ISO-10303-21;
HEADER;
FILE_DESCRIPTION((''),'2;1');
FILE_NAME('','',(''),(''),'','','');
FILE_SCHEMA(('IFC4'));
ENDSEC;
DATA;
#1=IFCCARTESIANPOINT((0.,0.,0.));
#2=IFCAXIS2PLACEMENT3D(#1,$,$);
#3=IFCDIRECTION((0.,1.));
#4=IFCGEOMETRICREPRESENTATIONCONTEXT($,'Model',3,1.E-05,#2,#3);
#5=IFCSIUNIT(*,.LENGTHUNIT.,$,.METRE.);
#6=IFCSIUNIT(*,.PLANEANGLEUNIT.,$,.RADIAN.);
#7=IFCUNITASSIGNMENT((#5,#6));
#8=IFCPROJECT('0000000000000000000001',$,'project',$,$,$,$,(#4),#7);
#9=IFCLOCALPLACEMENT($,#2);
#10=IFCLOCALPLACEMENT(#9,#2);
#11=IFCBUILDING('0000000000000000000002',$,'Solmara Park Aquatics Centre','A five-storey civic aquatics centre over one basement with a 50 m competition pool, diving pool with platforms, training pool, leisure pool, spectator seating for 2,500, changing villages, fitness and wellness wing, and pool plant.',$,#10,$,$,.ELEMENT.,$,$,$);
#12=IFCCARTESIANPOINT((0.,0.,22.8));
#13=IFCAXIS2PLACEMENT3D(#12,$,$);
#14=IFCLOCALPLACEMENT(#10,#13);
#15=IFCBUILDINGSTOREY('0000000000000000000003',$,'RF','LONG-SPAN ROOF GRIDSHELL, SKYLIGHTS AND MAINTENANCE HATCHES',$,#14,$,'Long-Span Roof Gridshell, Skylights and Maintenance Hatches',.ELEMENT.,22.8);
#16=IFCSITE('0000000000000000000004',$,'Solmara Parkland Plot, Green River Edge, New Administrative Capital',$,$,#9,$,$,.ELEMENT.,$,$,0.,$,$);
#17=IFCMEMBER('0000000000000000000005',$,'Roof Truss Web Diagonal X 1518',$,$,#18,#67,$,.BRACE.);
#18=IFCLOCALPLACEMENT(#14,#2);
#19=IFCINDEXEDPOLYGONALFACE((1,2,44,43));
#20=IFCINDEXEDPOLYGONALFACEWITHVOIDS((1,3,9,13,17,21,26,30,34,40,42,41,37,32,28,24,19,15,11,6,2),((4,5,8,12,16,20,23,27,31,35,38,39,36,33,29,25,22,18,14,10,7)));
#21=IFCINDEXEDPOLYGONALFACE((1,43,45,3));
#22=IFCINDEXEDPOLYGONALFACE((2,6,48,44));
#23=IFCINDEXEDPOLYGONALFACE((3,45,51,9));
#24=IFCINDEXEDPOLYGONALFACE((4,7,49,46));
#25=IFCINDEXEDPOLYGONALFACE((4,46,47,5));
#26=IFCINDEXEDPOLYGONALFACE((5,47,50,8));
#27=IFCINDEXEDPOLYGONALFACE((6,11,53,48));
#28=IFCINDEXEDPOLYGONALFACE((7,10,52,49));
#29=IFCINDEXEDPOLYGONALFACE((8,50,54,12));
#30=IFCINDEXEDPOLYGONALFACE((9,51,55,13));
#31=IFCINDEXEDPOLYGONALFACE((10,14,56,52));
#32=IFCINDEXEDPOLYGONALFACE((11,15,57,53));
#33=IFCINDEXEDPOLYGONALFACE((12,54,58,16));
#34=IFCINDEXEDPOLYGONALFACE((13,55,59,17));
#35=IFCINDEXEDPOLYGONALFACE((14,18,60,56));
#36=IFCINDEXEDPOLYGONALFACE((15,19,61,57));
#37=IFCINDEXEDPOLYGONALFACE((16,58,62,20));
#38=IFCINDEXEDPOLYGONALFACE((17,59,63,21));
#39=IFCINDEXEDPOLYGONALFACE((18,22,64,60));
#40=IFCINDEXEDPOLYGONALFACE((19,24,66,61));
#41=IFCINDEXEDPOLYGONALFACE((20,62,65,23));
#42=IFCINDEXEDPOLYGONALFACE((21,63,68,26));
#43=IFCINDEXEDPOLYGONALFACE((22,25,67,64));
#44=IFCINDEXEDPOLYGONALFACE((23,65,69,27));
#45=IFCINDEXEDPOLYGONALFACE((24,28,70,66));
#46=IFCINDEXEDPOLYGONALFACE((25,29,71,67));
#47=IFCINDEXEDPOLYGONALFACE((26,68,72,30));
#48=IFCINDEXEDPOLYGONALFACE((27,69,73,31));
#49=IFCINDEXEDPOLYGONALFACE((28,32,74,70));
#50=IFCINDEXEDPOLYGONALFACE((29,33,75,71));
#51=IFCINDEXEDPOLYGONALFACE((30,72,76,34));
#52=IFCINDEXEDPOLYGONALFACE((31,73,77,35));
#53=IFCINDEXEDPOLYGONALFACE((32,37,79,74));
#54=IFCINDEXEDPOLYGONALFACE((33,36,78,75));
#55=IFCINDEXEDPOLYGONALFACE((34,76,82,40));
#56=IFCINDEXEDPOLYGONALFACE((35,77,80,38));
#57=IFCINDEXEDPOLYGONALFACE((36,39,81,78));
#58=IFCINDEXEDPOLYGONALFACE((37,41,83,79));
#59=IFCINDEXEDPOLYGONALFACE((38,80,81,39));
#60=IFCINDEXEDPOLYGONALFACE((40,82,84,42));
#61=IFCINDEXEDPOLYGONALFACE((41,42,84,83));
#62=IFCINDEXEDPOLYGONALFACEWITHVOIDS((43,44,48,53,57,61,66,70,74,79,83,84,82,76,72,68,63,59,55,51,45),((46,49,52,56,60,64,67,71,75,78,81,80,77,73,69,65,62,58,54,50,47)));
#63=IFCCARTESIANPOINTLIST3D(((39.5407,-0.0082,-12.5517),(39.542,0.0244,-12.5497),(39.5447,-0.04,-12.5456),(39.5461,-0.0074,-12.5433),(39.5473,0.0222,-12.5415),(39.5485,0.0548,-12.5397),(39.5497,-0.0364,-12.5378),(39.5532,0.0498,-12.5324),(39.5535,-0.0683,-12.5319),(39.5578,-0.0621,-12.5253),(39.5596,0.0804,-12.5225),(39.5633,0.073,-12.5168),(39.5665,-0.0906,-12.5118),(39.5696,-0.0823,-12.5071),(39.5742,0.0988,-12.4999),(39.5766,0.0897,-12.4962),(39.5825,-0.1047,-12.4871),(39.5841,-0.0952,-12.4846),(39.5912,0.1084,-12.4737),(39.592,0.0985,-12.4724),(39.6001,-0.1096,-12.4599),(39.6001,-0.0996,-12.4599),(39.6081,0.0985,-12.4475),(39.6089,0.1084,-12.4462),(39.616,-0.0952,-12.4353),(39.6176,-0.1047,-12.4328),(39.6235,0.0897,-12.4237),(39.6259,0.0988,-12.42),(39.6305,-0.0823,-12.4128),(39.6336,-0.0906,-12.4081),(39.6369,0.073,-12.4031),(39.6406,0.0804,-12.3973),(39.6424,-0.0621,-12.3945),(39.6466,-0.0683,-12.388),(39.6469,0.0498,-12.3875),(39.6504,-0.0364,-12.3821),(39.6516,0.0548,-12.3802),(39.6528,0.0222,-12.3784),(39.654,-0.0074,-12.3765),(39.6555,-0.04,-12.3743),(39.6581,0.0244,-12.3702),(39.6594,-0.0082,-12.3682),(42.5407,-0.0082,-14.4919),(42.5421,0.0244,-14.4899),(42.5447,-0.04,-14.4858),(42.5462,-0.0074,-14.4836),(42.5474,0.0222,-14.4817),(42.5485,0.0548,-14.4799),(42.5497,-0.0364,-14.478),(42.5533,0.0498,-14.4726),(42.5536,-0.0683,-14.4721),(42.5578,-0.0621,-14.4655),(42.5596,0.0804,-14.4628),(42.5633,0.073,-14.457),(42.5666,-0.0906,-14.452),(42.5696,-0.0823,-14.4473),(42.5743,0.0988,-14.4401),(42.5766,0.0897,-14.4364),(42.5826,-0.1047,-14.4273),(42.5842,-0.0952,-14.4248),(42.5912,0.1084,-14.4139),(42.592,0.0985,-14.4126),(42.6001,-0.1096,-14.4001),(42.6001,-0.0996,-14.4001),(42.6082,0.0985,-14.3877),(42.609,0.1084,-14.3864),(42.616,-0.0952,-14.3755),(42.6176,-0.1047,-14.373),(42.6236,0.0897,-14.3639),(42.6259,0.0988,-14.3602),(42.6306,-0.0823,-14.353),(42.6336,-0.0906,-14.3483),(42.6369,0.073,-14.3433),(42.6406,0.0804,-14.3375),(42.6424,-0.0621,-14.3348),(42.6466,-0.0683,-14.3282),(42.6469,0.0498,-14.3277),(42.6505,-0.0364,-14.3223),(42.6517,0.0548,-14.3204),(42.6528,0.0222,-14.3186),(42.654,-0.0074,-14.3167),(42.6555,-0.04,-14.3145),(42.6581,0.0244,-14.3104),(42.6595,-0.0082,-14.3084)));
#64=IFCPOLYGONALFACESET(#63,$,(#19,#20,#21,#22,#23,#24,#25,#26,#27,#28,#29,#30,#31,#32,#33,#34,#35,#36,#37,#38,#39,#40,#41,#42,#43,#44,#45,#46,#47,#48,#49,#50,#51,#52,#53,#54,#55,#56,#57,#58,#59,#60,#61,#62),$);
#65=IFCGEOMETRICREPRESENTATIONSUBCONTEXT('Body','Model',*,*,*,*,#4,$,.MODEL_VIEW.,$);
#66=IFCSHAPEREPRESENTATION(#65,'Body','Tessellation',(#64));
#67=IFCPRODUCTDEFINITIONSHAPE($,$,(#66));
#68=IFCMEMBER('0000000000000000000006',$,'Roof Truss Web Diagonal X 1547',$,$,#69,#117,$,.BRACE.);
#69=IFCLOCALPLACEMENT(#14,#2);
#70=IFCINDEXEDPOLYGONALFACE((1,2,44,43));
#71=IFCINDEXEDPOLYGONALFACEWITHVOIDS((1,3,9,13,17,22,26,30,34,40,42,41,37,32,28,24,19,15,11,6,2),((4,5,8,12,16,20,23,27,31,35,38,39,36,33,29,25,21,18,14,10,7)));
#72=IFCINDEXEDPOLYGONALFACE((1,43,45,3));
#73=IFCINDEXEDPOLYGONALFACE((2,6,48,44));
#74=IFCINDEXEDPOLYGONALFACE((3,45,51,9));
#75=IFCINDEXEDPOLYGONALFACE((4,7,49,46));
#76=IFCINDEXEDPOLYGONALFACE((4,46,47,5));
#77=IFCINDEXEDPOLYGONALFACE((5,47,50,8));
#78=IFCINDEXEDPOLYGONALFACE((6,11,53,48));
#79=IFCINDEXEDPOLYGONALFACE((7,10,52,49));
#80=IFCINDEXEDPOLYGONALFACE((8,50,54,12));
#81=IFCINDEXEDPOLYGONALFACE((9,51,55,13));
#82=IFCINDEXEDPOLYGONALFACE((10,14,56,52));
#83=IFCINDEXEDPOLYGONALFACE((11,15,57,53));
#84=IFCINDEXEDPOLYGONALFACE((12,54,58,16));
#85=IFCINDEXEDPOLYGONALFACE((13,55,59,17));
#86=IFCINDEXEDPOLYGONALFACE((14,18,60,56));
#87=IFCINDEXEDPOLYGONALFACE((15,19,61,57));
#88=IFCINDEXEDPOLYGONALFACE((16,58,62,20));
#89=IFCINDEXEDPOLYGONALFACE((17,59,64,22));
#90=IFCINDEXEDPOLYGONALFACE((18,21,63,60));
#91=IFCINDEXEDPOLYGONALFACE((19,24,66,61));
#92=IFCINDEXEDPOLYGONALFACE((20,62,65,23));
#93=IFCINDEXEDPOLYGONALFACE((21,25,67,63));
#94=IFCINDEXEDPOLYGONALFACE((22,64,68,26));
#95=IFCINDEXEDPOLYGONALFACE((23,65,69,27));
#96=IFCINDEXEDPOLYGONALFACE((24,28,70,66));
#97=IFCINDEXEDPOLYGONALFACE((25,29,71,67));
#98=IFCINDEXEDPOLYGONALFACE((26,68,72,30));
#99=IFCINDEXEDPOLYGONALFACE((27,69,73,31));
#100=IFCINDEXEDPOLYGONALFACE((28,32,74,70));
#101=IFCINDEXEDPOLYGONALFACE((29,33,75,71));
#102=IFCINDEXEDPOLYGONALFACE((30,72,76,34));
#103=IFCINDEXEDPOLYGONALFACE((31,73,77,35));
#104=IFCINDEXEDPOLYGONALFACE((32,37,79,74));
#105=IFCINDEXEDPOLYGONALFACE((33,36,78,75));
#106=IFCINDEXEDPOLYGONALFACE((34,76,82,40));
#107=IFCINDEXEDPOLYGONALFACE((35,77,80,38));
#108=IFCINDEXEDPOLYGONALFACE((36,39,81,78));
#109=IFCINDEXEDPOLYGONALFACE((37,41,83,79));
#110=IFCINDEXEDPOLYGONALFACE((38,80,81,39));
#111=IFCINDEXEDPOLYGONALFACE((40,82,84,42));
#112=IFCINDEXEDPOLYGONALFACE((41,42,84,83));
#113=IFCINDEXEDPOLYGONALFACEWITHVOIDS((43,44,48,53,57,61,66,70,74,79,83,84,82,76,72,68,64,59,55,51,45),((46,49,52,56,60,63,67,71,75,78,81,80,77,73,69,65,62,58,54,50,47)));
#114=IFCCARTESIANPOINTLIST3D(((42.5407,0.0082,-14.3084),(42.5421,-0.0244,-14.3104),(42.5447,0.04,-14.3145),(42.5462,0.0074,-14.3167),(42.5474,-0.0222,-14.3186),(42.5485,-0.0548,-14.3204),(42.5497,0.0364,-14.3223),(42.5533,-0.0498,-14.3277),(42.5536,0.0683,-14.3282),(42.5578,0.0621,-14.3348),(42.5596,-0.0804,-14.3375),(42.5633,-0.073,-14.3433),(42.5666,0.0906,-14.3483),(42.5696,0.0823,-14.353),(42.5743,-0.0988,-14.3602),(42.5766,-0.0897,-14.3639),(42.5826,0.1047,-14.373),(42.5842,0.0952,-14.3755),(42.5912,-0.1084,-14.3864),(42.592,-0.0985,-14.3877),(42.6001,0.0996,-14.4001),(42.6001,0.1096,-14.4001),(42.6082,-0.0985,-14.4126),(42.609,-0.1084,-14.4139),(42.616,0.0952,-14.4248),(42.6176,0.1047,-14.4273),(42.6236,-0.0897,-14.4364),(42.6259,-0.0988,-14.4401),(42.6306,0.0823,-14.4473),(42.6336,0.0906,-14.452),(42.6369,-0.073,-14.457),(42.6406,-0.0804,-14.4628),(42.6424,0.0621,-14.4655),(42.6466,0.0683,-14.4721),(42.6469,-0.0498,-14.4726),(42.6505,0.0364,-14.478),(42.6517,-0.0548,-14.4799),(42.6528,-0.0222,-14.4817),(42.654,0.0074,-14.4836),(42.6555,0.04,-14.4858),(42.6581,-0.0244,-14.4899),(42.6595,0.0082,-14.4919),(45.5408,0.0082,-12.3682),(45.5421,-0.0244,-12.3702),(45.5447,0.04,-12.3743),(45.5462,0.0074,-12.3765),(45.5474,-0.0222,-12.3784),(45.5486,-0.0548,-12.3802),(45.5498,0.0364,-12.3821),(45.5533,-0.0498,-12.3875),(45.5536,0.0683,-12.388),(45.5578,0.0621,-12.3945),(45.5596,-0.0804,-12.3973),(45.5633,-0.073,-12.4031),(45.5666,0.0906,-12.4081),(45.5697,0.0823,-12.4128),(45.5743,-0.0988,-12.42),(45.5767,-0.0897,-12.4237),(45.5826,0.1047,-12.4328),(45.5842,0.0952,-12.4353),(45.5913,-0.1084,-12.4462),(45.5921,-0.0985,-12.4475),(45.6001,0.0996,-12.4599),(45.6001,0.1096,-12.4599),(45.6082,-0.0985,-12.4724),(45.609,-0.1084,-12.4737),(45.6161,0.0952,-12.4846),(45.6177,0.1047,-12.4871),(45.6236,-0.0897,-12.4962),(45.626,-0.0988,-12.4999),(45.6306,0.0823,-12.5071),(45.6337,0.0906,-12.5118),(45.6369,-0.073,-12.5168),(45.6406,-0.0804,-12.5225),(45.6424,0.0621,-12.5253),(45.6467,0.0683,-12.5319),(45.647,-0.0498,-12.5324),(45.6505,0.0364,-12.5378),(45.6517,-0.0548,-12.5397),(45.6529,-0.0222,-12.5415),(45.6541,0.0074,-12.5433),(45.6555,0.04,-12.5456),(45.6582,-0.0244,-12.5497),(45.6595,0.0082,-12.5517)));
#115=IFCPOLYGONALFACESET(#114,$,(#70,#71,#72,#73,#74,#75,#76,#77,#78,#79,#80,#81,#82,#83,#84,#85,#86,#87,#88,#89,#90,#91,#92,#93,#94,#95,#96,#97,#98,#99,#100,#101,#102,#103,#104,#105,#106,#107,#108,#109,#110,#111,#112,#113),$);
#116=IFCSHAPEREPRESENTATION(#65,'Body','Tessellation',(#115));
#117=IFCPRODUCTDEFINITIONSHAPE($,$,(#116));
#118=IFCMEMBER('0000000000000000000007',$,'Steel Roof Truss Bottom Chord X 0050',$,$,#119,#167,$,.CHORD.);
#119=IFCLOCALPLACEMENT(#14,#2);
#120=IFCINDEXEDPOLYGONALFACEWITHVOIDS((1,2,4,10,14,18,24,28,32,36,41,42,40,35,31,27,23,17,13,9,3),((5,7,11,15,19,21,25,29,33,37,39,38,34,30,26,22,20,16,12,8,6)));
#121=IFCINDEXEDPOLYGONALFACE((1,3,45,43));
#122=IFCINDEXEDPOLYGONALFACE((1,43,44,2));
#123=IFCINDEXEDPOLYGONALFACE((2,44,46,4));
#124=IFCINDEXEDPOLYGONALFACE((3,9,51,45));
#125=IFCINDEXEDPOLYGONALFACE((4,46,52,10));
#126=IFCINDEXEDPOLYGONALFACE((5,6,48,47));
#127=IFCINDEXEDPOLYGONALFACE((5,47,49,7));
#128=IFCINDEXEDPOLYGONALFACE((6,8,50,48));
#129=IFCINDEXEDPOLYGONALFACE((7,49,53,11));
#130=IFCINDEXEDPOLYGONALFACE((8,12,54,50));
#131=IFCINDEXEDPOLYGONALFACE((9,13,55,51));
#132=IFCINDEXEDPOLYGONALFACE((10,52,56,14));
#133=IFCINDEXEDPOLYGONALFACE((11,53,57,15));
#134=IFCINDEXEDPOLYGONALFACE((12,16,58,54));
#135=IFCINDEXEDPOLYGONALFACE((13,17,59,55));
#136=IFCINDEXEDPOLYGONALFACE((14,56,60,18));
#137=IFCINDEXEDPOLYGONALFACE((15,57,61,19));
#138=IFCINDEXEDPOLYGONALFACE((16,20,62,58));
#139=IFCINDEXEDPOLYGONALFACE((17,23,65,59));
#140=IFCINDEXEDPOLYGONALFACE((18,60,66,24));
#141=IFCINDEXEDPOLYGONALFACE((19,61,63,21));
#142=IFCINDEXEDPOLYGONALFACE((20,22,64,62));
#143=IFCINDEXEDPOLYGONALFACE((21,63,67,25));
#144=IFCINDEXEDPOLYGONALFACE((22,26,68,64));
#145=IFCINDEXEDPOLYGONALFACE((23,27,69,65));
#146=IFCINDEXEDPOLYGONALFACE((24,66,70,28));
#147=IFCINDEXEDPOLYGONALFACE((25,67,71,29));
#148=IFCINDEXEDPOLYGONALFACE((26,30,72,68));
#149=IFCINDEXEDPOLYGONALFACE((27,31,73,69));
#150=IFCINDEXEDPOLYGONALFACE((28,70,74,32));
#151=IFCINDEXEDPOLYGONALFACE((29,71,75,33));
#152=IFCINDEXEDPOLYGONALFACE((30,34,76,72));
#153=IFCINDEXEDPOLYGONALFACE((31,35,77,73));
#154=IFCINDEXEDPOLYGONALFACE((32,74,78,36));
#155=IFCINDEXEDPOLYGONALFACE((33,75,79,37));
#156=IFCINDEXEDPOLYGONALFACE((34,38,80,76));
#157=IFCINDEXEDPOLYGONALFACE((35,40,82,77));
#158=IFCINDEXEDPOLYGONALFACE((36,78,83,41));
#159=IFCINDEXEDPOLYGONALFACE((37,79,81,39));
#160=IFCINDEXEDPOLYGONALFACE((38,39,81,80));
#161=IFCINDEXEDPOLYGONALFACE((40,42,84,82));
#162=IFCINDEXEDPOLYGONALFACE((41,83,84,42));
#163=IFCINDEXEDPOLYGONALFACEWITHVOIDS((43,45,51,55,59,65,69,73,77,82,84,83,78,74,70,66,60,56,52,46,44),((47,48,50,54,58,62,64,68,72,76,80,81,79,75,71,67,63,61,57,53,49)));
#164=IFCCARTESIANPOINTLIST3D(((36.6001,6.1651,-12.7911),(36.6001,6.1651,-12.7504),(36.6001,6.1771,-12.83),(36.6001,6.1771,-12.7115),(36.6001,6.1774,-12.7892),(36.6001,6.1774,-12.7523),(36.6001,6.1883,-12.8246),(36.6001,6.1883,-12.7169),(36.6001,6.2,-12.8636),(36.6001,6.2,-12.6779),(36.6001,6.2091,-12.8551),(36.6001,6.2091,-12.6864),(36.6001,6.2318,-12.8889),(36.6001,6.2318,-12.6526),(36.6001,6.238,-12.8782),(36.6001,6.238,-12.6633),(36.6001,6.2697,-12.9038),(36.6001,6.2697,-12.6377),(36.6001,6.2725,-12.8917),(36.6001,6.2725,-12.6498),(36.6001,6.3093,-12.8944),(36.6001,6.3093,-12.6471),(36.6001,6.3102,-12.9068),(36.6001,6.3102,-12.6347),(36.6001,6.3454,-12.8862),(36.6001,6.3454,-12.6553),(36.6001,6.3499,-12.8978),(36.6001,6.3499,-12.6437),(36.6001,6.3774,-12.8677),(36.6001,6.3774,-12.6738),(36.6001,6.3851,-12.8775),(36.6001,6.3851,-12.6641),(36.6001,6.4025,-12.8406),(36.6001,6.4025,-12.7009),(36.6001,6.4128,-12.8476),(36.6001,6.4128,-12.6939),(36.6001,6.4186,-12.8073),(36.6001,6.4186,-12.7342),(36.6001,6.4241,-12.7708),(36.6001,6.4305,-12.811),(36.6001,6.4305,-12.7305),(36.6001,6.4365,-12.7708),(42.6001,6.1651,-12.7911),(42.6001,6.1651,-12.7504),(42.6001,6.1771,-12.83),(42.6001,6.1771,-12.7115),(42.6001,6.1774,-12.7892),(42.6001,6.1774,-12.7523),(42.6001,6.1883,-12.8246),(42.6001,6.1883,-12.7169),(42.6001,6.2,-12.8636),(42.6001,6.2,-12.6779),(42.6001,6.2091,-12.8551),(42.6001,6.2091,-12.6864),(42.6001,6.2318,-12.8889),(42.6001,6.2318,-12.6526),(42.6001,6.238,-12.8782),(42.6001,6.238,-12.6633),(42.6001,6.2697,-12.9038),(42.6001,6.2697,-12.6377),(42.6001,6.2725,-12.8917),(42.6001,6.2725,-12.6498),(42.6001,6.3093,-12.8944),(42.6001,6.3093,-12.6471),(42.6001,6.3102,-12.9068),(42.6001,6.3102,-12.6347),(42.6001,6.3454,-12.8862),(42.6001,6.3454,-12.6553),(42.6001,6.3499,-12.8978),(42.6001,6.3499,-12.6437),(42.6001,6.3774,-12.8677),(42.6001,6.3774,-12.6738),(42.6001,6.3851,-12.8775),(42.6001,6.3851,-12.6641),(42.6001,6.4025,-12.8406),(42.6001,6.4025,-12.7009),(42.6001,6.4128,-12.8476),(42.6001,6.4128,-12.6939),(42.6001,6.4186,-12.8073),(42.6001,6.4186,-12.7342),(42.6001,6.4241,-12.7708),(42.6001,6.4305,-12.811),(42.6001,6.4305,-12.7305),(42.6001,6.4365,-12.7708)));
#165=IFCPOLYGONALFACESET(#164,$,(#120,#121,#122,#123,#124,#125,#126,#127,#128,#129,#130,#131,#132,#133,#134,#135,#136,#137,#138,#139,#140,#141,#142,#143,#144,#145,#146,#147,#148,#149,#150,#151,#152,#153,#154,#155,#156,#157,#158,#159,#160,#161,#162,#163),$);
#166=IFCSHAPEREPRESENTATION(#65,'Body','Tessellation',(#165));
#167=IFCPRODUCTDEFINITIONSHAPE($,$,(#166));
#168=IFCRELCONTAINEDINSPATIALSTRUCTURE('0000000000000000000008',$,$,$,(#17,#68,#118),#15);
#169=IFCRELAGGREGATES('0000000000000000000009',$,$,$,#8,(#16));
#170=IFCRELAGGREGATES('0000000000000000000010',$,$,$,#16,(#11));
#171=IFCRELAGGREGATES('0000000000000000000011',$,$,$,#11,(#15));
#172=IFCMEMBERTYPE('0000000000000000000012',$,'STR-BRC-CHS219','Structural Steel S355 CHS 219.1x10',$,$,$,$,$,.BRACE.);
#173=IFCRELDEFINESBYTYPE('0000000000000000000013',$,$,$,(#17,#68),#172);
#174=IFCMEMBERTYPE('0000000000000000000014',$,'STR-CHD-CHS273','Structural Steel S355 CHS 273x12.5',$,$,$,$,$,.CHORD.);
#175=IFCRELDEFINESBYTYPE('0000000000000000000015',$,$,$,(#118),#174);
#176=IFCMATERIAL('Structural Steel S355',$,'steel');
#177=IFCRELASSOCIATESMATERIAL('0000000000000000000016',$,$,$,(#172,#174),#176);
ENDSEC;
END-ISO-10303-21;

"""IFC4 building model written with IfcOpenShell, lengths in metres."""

from ifc_helpers import new_model, si_unit, direction, frame, origin, origin_2d, place, context, subcontext, project, spatial, hollow_circle, extrude, material, material_profile, profile_set, type_object, element, save


model = new_model("IFC4")

# Units and contexts
model_context = context("Model", 3, precision=1e-05, world=origin(), true_north=direction((0.0, 1.0)))
body_context = subcontext(model_context, "Body", "Model", "MODEL_VIEW")
ifc_project = project(units=[si_unit("LENGTHUNIT", "METRE"), si_unit("PLANEANGLEUNIT", "RADIAN")], contexts=[model_context])

# Site, building, storey
site_placement = place(None, origin())
site = spatial("IfcSite", under=ifc_project, at=site_placement, Name="Solmara Parkland Plot, Green River Edge, New Administrative Capital", CompositionType="ELEMENT", RefElevation=0.0)
building_placement = place(site_placement, origin())
building = spatial("IfcBuilding", under=site, at=building_placement, Name="Solmara Park Aquatics Centre", Description="A five-storey civic aquatics centre over one basement with a 50 m competition pool, diving pool with platforms, training pool, leisure pool, spectator seating for 2,500, changing villages, fitness and wellness wing, and pool plant.", CompositionType="ELEMENT")
storey_placement = place(building_placement, frame((0.0, 0.0, 22.8)))
storey = spatial("IfcBuildingStorey", under=building, at=storey_placement, Name="RF", Description="LONG-SPAN ROOF GRIDSHELL, SKYLIGHTS AND MAINTENANCE HATCHES", LongName="Long-Span Roof Gridshell, Skylights and Maintenance Hatches", CompositionType="ELEMENT", Elevation=22.8)

# Members
ifc_material_1 = material(Name="Structural Steel S355", Category="steel")
ifc_material_profile_1 = material_profile(ifc_material_1, hollow_circle(Radius=0.1096, WallThickness=0.01, at=origin_2d()), Name="CHS 219.1x10")
ifc_profile_set_1 = profile_set([ifc_material_profile_1], Name="Structural Steel S355")
member_type_1 = type_object("IfcMemberType", Name="STR-BRC-CHS219", Description="Structural Steel S355 CHS 219.1x10", PredefinedType="BRACE", material=ifc_profile_set_1)
for number, where, z_axis, x_axis, name in (
    (1, (42.6001, 0.0, -14.4001), (-0.839697, 0.0, 0.543056), (0.0, -1.0, 0.0), "Roof Truss Web Diagonal X 1518"),
    (2, (42.6001, 0.0, -14.4001), (0.839697, 0.0, 0.543056), (0.0, 1.0, 0.0), "Roof Truss Web Diagonal X 1547"),
):
    element("IfcMember", number, at=place(storey_placement, frame(where, z_axis=z_axis, x_axis=x_axis)), inside=storey, type_object=member_type_1, Name=name, PredefinedType="BRACE", context=body_context, shape_type="SweptSolid", body=[
        extrude(hollow_circle(Radius=0.1096, WallThickness=0.01, at=origin_2d()), origin(), (0.0, 0.0, 1.0), 3.5728),
    ])
ifc_material_profile_2 = material_profile(ifc_material_1, hollow_circle(Radius=0.1365, WallThickness=0.0125, at=origin_2d()), Name="CHS 273x12.5")
ifc_profile_set_2 = profile_set([ifc_material_profile_2], Name="Structural Steel S355")
member_type_2 = type_object("IfcMemberType", Name="STR-CHD-CHS273", Description="Structural Steel S355 CHS 273x12.5", PredefinedType="CHORD", material=ifc_profile_set_2)
member_1_placement = place(storey_placement, frame((36.6001, 6.3, -12.7708), z_axis=(1.0, 0.0, 0.0), x_axis=(0.0, 1.0, 0.0)))
element("IfcMember", 3, at=member_1_placement, inside=storey, type_object=member_type_2, Name="Steel Roof Truss Bottom Chord X 0050", PredefinedType="CHORD", context=body_context, shape_type="SweptSolid", body=[
    extrude(hollow_circle(Radius=0.1365, WallThickness=0.0125, at=origin_2d()), origin(), (0.0, 0.0, 1.0), 6.0),
])

save(model, "model.ifc")
